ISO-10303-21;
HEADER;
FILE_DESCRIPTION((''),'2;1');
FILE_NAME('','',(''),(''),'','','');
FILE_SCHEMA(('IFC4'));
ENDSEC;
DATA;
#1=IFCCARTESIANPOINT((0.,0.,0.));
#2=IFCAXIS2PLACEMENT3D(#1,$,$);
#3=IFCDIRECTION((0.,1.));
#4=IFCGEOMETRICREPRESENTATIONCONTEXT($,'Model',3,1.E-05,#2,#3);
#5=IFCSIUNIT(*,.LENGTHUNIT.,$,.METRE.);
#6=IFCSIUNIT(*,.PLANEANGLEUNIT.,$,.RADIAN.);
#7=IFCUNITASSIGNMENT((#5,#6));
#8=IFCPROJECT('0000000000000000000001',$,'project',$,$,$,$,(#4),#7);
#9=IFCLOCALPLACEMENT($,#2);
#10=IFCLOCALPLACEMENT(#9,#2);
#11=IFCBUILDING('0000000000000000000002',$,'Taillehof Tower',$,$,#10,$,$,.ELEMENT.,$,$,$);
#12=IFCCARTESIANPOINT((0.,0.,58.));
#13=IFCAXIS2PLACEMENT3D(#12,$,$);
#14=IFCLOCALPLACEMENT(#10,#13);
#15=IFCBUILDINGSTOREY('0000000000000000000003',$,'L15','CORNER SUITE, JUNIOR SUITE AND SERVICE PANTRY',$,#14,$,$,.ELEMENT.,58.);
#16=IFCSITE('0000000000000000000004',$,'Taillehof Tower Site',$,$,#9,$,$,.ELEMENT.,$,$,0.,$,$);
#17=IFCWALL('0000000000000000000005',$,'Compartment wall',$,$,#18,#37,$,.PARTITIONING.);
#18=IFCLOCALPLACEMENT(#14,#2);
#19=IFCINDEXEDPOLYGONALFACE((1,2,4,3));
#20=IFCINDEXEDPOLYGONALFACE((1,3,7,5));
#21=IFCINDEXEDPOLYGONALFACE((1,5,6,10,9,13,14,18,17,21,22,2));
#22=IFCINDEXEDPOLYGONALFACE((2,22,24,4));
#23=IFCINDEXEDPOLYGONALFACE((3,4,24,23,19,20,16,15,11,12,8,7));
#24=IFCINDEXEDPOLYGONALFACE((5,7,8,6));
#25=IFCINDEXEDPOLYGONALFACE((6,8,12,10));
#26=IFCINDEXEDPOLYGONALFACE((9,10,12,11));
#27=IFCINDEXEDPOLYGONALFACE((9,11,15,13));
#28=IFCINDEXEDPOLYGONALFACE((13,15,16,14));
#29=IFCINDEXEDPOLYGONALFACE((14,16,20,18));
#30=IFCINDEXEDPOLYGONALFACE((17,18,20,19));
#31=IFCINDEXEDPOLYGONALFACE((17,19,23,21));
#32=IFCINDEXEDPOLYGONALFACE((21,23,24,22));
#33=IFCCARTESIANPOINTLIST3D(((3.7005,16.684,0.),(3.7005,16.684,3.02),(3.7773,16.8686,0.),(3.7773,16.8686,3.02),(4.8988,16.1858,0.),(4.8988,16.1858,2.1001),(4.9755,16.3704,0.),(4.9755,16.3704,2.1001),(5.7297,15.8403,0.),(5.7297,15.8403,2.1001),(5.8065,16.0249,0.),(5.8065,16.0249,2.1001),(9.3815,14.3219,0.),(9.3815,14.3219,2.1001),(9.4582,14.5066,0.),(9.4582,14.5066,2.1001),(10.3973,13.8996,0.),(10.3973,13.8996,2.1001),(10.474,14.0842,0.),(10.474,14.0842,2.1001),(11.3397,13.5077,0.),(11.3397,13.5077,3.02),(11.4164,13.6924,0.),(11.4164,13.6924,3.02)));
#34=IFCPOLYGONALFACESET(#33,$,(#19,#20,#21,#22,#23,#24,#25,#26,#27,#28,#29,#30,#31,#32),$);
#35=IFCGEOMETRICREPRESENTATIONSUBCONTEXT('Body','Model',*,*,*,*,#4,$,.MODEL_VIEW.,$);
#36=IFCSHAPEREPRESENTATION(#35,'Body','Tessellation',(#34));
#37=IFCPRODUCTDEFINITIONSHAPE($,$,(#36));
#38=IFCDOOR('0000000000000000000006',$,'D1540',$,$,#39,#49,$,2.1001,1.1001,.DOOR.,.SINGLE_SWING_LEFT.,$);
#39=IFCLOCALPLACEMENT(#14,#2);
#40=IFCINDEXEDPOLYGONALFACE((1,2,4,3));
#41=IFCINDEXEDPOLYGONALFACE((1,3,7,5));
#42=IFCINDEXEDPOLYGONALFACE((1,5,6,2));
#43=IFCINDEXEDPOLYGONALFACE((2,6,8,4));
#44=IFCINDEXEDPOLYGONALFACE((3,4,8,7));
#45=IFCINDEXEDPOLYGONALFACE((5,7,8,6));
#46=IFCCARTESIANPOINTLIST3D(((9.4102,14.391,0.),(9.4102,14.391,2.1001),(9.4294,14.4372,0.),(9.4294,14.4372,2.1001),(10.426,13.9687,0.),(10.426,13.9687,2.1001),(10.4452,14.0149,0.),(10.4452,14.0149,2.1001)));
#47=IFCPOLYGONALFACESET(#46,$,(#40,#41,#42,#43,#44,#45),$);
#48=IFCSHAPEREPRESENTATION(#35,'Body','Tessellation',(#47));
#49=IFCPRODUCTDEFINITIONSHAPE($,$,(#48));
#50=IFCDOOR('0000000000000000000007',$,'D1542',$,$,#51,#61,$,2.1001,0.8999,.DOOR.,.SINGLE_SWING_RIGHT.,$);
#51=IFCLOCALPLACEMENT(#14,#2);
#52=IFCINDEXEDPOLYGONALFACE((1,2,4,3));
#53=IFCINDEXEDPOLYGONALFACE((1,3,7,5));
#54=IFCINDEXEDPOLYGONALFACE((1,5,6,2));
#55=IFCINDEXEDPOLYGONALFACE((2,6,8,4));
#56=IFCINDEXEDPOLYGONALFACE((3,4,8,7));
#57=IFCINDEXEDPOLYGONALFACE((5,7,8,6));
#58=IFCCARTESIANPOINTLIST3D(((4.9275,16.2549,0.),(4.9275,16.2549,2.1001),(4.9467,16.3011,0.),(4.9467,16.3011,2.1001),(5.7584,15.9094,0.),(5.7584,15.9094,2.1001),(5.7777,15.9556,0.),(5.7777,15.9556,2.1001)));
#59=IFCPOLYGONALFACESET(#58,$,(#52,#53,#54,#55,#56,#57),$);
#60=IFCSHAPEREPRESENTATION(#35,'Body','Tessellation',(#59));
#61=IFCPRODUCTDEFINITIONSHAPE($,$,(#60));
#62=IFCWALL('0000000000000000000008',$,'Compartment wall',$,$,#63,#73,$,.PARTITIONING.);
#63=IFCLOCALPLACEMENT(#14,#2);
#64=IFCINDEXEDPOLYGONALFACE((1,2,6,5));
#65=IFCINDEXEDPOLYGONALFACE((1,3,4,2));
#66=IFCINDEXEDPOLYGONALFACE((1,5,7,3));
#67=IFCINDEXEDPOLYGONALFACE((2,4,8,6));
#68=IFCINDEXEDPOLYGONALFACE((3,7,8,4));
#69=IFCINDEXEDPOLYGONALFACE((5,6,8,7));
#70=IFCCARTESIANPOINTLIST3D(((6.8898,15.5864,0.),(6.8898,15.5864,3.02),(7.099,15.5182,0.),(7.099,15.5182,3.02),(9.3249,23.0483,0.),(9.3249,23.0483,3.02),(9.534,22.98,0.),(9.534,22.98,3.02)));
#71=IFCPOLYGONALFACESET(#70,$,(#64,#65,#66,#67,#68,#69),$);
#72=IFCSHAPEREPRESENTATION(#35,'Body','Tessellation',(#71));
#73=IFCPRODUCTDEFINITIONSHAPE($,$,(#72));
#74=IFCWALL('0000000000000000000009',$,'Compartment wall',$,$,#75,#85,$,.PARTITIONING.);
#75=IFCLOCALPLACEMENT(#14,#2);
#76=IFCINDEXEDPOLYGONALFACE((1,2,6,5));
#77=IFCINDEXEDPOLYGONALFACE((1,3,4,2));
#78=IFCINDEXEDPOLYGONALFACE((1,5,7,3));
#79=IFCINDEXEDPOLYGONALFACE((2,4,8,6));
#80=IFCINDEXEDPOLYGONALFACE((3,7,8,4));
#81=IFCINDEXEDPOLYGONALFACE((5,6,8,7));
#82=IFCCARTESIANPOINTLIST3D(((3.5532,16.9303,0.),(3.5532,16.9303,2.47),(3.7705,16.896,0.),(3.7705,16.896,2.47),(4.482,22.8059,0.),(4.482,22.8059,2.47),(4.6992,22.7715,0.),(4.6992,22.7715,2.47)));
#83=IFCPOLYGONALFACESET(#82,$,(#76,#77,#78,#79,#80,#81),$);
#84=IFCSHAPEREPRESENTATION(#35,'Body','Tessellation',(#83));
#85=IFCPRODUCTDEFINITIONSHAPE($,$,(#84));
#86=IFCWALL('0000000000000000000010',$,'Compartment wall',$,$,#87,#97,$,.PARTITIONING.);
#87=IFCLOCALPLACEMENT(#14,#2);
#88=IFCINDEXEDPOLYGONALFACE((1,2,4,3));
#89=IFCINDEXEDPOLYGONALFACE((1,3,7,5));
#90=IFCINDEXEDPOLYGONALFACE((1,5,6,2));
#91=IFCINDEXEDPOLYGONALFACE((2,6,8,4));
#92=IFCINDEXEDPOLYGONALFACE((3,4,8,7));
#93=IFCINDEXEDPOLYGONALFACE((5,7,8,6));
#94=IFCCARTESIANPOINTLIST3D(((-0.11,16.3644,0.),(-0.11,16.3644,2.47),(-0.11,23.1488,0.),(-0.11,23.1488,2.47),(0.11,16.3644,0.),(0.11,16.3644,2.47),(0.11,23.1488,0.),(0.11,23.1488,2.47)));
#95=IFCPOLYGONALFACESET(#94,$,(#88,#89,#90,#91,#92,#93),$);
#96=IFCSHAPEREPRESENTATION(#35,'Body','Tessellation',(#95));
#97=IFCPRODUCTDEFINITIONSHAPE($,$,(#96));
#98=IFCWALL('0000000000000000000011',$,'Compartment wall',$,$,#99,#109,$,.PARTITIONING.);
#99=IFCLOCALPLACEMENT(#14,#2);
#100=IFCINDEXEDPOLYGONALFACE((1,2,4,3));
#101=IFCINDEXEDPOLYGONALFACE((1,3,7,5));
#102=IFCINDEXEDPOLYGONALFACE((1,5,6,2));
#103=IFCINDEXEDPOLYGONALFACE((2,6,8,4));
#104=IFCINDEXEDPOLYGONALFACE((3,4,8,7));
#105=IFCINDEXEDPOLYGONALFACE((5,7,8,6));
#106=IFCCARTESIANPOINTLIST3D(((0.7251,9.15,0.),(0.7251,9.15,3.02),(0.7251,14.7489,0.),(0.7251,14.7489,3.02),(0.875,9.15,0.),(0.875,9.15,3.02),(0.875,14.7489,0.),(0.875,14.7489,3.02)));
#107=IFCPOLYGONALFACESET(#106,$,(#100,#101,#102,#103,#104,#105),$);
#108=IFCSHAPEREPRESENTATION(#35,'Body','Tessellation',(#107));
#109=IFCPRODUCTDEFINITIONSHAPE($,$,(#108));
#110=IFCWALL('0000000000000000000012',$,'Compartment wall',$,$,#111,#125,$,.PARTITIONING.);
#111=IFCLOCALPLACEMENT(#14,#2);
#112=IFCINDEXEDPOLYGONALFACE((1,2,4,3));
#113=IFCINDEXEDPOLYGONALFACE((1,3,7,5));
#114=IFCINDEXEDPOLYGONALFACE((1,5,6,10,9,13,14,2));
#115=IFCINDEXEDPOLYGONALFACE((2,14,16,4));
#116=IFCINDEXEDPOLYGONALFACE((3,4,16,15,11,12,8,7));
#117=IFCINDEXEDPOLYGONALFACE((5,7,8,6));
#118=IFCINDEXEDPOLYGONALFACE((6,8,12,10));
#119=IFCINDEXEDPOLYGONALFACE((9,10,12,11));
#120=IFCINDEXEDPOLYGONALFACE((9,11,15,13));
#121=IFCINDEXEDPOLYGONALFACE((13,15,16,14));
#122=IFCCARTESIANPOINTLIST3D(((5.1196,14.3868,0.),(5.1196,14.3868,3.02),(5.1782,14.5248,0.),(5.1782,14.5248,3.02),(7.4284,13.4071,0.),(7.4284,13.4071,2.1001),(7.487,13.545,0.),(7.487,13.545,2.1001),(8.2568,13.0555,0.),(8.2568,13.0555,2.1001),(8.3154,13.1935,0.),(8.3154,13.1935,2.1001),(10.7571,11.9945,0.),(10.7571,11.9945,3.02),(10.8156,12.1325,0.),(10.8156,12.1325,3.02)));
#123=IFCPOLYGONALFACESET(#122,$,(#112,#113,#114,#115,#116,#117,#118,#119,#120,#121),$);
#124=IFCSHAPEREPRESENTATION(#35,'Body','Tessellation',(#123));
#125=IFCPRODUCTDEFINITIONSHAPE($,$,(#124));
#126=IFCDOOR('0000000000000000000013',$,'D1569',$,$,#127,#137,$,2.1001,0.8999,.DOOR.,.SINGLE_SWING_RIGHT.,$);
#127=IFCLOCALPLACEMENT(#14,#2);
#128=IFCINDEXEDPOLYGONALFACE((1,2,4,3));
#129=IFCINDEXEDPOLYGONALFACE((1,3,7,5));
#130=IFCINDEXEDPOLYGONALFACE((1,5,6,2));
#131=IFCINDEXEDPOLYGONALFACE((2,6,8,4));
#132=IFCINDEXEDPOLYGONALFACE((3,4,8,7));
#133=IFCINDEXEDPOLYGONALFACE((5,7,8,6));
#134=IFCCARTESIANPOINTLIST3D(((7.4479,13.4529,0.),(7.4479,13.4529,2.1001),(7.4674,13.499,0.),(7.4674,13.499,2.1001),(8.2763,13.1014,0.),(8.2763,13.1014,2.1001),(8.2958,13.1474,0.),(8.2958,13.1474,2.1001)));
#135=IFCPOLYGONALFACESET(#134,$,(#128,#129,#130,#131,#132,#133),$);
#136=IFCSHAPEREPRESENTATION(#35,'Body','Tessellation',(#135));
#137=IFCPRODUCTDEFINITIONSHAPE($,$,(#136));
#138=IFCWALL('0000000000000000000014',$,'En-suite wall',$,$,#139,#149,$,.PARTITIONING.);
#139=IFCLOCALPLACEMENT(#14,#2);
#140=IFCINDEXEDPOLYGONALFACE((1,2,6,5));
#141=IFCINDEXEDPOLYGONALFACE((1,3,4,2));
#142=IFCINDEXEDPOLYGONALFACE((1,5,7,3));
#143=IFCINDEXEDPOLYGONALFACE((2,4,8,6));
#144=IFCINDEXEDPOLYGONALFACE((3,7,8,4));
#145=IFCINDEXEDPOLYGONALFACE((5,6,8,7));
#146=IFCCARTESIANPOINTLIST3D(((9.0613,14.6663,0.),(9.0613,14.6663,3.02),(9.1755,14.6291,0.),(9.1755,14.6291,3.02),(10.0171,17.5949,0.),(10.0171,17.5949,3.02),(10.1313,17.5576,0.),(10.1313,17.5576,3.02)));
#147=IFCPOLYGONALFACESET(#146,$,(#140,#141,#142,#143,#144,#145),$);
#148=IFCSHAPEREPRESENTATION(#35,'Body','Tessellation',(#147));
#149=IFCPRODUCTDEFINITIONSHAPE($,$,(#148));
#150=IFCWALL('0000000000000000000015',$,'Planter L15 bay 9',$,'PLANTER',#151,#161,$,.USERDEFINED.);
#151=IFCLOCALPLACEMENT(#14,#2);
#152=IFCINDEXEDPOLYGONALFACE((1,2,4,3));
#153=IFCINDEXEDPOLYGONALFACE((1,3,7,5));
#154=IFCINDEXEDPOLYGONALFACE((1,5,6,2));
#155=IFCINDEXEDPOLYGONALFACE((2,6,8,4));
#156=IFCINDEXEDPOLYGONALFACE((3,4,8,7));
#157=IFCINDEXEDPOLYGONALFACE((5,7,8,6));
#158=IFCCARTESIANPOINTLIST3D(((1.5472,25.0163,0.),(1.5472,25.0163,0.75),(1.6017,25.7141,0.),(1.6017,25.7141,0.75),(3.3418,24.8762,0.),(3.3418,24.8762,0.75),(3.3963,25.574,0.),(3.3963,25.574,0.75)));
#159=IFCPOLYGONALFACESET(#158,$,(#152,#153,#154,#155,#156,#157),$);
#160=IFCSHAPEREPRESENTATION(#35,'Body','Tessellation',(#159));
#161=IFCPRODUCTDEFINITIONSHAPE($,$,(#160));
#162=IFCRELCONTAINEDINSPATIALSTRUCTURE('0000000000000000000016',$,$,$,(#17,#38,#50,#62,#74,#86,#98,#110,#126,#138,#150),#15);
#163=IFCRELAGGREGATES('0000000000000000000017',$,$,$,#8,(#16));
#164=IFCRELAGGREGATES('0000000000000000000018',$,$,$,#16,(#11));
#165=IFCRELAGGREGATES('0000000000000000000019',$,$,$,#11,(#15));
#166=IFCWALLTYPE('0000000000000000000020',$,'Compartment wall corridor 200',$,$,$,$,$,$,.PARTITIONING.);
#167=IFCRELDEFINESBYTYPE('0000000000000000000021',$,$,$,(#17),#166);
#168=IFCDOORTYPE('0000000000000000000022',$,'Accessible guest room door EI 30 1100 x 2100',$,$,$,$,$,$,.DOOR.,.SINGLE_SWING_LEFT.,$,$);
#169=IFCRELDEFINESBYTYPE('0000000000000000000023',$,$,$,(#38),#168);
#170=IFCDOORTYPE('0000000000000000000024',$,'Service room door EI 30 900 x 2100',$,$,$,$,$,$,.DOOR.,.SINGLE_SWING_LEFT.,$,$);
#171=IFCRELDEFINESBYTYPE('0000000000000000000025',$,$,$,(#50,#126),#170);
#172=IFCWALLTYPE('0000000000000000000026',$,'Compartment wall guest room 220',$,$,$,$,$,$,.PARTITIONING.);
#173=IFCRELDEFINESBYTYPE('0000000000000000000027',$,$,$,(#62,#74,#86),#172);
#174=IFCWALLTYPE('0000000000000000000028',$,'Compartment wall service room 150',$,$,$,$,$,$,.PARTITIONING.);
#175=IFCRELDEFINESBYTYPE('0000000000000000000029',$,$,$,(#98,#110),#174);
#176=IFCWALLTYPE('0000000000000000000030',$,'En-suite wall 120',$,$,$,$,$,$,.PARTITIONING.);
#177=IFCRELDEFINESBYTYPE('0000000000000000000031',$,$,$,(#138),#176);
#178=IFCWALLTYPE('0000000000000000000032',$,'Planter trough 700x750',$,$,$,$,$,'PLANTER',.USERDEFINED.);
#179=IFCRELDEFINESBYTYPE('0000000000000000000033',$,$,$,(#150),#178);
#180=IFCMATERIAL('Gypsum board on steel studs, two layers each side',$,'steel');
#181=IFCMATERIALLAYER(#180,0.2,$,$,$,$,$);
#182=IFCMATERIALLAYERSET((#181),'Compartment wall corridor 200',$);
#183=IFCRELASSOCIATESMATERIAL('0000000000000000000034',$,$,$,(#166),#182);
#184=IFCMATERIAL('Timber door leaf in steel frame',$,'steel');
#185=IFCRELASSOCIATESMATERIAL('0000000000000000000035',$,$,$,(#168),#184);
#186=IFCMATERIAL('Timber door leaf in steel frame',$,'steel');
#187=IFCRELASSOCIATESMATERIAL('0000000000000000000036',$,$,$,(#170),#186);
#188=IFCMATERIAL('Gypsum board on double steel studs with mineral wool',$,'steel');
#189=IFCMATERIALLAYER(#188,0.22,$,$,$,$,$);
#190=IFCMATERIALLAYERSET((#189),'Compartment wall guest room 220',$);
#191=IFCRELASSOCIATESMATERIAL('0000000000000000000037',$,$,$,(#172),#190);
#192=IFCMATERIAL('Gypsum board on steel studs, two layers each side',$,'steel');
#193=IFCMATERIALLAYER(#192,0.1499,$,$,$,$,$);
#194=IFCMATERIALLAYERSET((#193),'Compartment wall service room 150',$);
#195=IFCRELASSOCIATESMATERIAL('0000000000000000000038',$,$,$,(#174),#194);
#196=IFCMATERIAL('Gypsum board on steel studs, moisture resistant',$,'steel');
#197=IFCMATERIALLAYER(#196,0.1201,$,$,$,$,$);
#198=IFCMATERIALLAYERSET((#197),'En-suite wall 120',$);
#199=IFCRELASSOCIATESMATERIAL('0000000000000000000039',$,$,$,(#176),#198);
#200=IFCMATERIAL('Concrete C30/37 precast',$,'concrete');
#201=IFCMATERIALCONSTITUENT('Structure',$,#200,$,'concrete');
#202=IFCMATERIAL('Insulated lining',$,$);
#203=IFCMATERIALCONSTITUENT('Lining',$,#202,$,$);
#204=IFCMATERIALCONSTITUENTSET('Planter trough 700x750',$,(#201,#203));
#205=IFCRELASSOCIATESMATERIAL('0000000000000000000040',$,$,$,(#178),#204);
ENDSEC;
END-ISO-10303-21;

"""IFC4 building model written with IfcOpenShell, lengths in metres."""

from ifc_helpers import new_model, si_unit, direction, frame, frame_2d, origin, place, context, subcontext, project, spatial, rectangle, extrude, material, layer, layer_set, constituent, constituent_set, type_object, element, fill, save


model = new_model("IFC4")

# Units and contexts
model_context = context("Model", 3, precision=1e-05, world=origin(), true_north=direction((0.0, 1.0)))
body_context = subcontext(model_context, "Body", "Model", "MODEL_VIEW")
ifc_project = project(units=[si_unit("LENGTHUNIT", "METRE"), si_unit("PLANEANGLEUNIT", "RADIAN")], contexts=[model_context])

# Site, building, storey
site_placement = place(None, origin())
site = spatial("IfcSite", under=ifc_project, at=site_placement, Name="Taillehof Tower Site", CompositionType="ELEMENT", RefElevation=0.0)
building_placement = place(site_placement, origin())
building = spatial("IfcBuilding", under=site, at=building_placement, Name="Taillehof Tower", CompositionType="ELEMENT")
storey_placement = place(building_placement, frame((0.0, 0.0, 58.0)))
storey = spatial("IfcBuildingStorey", under=building, at=storey_placement, Name="L15", Description="CORNER SUITE, JUNIOR SUITE AND SERVICE PANTRY", CompositionType="ELEMENT", Elevation=58.0)

# Wall, openings, doors
ifc_material_1 = material(Name="Gypsum board on steel studs, two layers each side", Category="steel")
ifc_layer_1 = layer(ifc_material_1, 0.2)
ifc_layer_set_1 = layer_set([ifc_layer_1], Name="Compartment wall corridor 200")
wall_type_1 = type_object("IfcWallType", Name="Compartment wall corridor 200", PredefinedType="PARTITIONING", material=ifc_layer_set_1)
wall_1_placement = place(storey_placement, frame((3.7388, 16.7764, 0.0), z_axis=(0.0, 0.0, 1.0), x_axis=(0.923365, -0.383924, 0.0)))
wall_1 = element("IfcWall", 1, at=wall_1_placement, inside=storey, type_object=wall_type_1, Name="Compartment wall", PredefinedType="PARTITIONING", context=body_context, shape_type="SweptSolid", body=[
    extrude(rectangle(XDim=8.2732, YDim=0.2, at=frame_2d((4.1367, 0.0))), origin(), (0.0, 0.0, 1.0), 3.02),
])
opening_1_placement = place(wall_1_placement, frame((6.1526, 0.0, 0.0)))
opening_1 = element("IfcOpeningElement", 2, at=opening_1_placement, cuts=wall_1, PredefinedType="OPENING", context=body_context, shape_type="SweptSolid", body=[
    extrude(rectangle(XDim=1.1001, YDim=2.1001, at=frame_2d((0.55, 1.05))), frame((0.0, 0.1099, 0.0), z_axis=(0.0, -1.0, 0.0), x_axis=(1.0, 0.0, 0.0)), (0.0, 0.0, 1.0), 0.22),
])
opening_2_placement = place(wall_1_placement, frame((1.2979, 0.0, 0.0)))
opening_2 = element("IfcOpeningElement", 3, at=opening_2_placement, cuts=wall_1, PredefinedType="OPENING", context=body_context, shape_type="SweptSolid", body=[
    extrude(rectangle(XDim=0.8999, YDim=2.1001, at=frame_2d((0.45, 1.05))), frame((0.0, 0.1099, 0.0), z_axis=(0.0, -1.0, 0.0), x_axis=(1.0, 0.0, 0.0)), (0.0, 0.0, 1.0), 0.22),
])
ifc_material_2 = material(Name="Timber door leaf in steel frame", Category="steel")
door_type_1 = type_object("IfcDoorType", Name="Accessible guest room door EI 30 1100 x 2100", OperationType="SINGLE_SWING_LEFT", PredefinedType="DOOR", material=ifc_material_2)
door_1_placement = place(opening_1_placement, origin())
door_1 = element("IfcDoor", 4, at=door_1_placement, inside=storey, type_object=door_type_1, Name="D1540", OperationType="SINGLE_SWING_LEFT", OverallHeight=2.1001, OverallWidth=1.1001, PredefinedType="DOOR", context=body_context, shape_type="SweptSolid", body=[
    extrude(rectangle(XDim=1.1001, YDim=2.1001, at=frame_2d((0.55, 1.05))), frame((0.0, 0.0249, 0.0), z_axis=(0.0, -1.0, 0.0), x_axis=(1.0, 0.0, 0.0)), (0.0, 0.0, 1.0), 0.05),
])
fill(opening_1, door_1)
ifc_material_3 = material(Name="Timber door leaf in steel frame", Category="steel")
door_type_2 = type_object("IfcDoorType", Name="Service room door EI 30 900 x 2100", OperationType="SINGLE_SWING_LEFT", PredefinedType="DOOR", material=ifc_material_3)
door_2_placement = place(opening_2_placement, origin())
door_2 = element("IfcDoor", 5, at=door_2_placement, inside=storey, type_object=door_type_2, Name="D1542", OperationType="SINGLE_SWING_RIGHT", OverallHeight=2.1001, OverallWidth=0.8999, PredefinedType="DOOR", context=body_context, shape_type="SweptSolid", body=[
    extrude(rectangle(XDim=0.8999, YDim=2.1001, at=frame_2d((0.45, 1.05))), frame((0.0, 0.0249, 0.0), z_axis=(0.0, -1.0, 0.0), x_axis=(1.0, 0.0, 0.0)), (0.0, 0.0, 1.0), 0.05),
])
fill(opening_2, door_2)

# Walls
ifc_material_4 = material(Name="Gypsum board on double steel studs with mineral wool", Category="steel")
ifc_layer_2 = layer(ifc_material_4, 0.22)
ifc_layer_set_2 = layer_set([ifc_layer_2], Name="Compartment wall guest room 220")
wall_type_2 = type_object("IfcWallType", Name="Compartment wall guest room 220", PredefinedType="PARTITIONING", material=ifc_layer_set_2)
wall_2_placement = place(storey_placement, frame((9.4294, 23.0142, 0.0), z_axis=(0.0, 0.0, 1.0), x_axis=(-0.310231, -0.950661, 0.0)))
element("IfcWall", 6, at=wall_2_placement, inside=storey, type_object=wall_type_2, Name="Compartment wall", PredefinedType="PARTITIONING", context=body_context, shape_type="SweptSolid", body=[
    extrude(rectangle(XDim=7.8491, YDim=0.22, at=frame_2d((3.9246, 0.0))), origin(), (0.0, 0.0, 1.0), 3.02),
])
wall_3_placement = place(storey_placement, frame((4.5906, 22.7886, 0.0), z_axis=(0.0, 0.0, 1.0), x_axis=(-0.156127, -0.987737, 0.0)))
element("IfcWall", 7, at=wall_3_placement, inside=storey, type_object=wall_type_2, Name="Compartment wall", PredefinedType="PARTITIONING", context=body_context, shape_type="SweptSolid", body=[
    extrude(rectangle(XDim=5.9485, YDim=0.22, at=frame_2d((2.9741, 0.0))), origin(), (0.0, 0.0, 1.0), 2.47),
])
wall_4_placement = place(storey_placement, frame((0.0, 23.1487, 0.0), z_axis=(0.0, 0.0, 1.0), x_axis=(0.0, -1.0, 0.0)))
element("IfcWall", 8, at=wall_4_placement, inside=storey, type_object=wall_type_2, Name="Compartment wall", PredefinedType="PARTITIONING", context=body_context, shape_type="SweptSolid", body=[
    extrude(rectangle(XDim=6.7844, YDim=0.22, at=frame_2d((3.3921, 0.0))), origin(), (0.0, 0.0, 1.0), 2.47),
])
ifc_material_5 = material(Name="Gypsum board on steel studs, two layers each side", Category="steel")
ifc_layer_3 = layer(ifc_material_5, 0.1499)
ifc_layer_set_3 = layer_set([ifc_layer_3], Name="Compartment wall service room 150")
wall_type_3 = type_object("IfcWallType", Name="Compartment wall service room 150", PredefinedType="PARTITIONING", material=ifc_layer_set_3)
wall_5_placement = place(storey_placement, frame((0.8, 14.7488, 0.0), z_axis=(0.0, 0.0, 1.0), x_axis=(0.0, -1.0, 0.0)))
element("IfcWall", 9, at=wall_5_placement, inside=storey, type_object=wall_type_3, Name="Compartment wall", PredefinedType="PARTITIONING", context=body_context, shape_type="SweptSolid", body=[
    extrude(rectangle(XDim=5.5989, YDim=0.1499, at=frame_2d((2.7993, 0.0))), origin(), (0.0, 0.0, 1.0), 3.02),
])

# Wall, opening, door
wall_6_placement = place(storey_placement, frame((5.1489, 14.4558, 0.0), z_axis=(0.0, 0.0, 1.0), x_axis=(0.920541, -0.390645, 0.0)))
wall_6 = element("IfcWall", 10, at=wall_6_placement, inside=storey, type_object=wall_type_3, Name="Compartment wall", PredefinedType="PARTITIONING", context=body_context, shape_type="SweptSolid", body=[
    extrude(rectangle(XDim=6.124, YDim=0.1499, at=frame_2d((3.062, 0.0))), origin(), (0.0, 0.0, 1.0), 3.02),
])
opening_3_placement = place(wall_6_placement, frame((2.5081, 0.0, 0.0)))
opening_3 = element("IfcOpeningElement", 11, at=opening_3_placement, cuts=wall_6, PredefinedType="OPENING", context=body_context, shape_type="SweptSolid", body=[
    extrude(rectangle(XDim=0.8999, YDim=2.1001, at=frame_2d((0.45, 1.05))), frame((0.0, 0.085, 0.0), z_axis=(0.0, -1.0, 0.0), x_axis=(1.0, 0.0, 0.0)), (0.0, 0.0, 1.0), 0.1699),
])
door_3_placement = place(opening_3_placement, origin())
door_3 = element("IfcDoor", 12, at=door_3_placement, inside=storey, type_object=door_type_2, Name="D1569", OperationType="SINGLE_SWING_RIGHT", OverallHeight=2.1001, OverallWidth=0.8999, PredefinedType="DOOR", context=body_context, shape_type="SweptSolid", body=[
    extrude(rectangle(XDim=0.8999, YDim=2.1001, at=frame_2d((0.45, 1.05))), frame((0.0, 0.0249, 0.0), z_axis=(0.0, -1.0, 0.0), x_axis=(1.0, 0.0, 0.0)), (0.0, 0.0, 1.0), 0.05),
])
fill(opening_3, door_3)

# Walls
ifc_material_6 = material(Name="Gypsum board on steel studs, moisture resistant", Category="steel")
ifc_layer_4 = layer(ifc_material_6, 0.1201)
ifc_layer_set_4 = layer_set([ifc_layer_4], Name="En-suite wall 120")
wall_type_4 = type_object("IfcWallType", Name="En-suite wall 120", PredefinedType="PARTITIONING", material=ifc_layer_set_4)
wall_7_placement = place(storey_placement, frame((9.1184, 14.6477, 0.0), z_axis=(0.0, 0.0, 1.0), x_axis=(0.310278, 0.950646, 0.0)))
element("IfcWall", 13, at=wall_7_placement, inside=storey, type_object=wall_type_4, Name="En-suite wall", PredefinedType="PARTITIONING", context=body_context, shape_type="SweptSolid", body=[
    extrude(rectangle(XDim=3.0806, YDim=0.1201, at=frame_2d((1.5403, 0.0))), origin(), (0.0, 0.0, 1.0), 3.02),
])
ifc_material_7 = material(Name="Concrete C30/37 precast", Category="concrete")
ifc_constituent_1 = constituent(ifc_material_7, Name="Structure", Category="concrete")
ifc_material_8 = material(Name="Insulated lining")
ifc_constituent_2 = constituent(ifc_material_8, Name="Lining")
ifc_constituent_set = constituent_set(constituents=[ifc_constituent_1, ifc_constituent_2], Name="Planter trough 700x750")
wall_type_5 = type_object("IfcWallType", Name="Planter trough 700x750", ElementType="PLANTER", PredefinedType="USERDEFINED", material=ifc_constituent_set)
wall_8_placement = place(storey_placement, frame((3.3689, 25.2251, 0.0), z_axis=(0.0, 0.0, 1.0), x_axis=(-0.996965, 0.077848, 0.0)))
element("IfcWall", 14, at=wall_8_placement, inside=storey, type_object=wall_type_5, Name="Planter L15 bay 9", ObjectType="PLANTER", PredefinedType="USERDEFINED", context=body_context, shape_type="SweptSolid", body=[
    extrude(rectangle(XDim=1.8, YDim=0.7, at=frame_2d((0.8999, 0.0))), origin(), (0.0, 0.0, 1.0), 0.75),
])

save(model, "model.ifc")
